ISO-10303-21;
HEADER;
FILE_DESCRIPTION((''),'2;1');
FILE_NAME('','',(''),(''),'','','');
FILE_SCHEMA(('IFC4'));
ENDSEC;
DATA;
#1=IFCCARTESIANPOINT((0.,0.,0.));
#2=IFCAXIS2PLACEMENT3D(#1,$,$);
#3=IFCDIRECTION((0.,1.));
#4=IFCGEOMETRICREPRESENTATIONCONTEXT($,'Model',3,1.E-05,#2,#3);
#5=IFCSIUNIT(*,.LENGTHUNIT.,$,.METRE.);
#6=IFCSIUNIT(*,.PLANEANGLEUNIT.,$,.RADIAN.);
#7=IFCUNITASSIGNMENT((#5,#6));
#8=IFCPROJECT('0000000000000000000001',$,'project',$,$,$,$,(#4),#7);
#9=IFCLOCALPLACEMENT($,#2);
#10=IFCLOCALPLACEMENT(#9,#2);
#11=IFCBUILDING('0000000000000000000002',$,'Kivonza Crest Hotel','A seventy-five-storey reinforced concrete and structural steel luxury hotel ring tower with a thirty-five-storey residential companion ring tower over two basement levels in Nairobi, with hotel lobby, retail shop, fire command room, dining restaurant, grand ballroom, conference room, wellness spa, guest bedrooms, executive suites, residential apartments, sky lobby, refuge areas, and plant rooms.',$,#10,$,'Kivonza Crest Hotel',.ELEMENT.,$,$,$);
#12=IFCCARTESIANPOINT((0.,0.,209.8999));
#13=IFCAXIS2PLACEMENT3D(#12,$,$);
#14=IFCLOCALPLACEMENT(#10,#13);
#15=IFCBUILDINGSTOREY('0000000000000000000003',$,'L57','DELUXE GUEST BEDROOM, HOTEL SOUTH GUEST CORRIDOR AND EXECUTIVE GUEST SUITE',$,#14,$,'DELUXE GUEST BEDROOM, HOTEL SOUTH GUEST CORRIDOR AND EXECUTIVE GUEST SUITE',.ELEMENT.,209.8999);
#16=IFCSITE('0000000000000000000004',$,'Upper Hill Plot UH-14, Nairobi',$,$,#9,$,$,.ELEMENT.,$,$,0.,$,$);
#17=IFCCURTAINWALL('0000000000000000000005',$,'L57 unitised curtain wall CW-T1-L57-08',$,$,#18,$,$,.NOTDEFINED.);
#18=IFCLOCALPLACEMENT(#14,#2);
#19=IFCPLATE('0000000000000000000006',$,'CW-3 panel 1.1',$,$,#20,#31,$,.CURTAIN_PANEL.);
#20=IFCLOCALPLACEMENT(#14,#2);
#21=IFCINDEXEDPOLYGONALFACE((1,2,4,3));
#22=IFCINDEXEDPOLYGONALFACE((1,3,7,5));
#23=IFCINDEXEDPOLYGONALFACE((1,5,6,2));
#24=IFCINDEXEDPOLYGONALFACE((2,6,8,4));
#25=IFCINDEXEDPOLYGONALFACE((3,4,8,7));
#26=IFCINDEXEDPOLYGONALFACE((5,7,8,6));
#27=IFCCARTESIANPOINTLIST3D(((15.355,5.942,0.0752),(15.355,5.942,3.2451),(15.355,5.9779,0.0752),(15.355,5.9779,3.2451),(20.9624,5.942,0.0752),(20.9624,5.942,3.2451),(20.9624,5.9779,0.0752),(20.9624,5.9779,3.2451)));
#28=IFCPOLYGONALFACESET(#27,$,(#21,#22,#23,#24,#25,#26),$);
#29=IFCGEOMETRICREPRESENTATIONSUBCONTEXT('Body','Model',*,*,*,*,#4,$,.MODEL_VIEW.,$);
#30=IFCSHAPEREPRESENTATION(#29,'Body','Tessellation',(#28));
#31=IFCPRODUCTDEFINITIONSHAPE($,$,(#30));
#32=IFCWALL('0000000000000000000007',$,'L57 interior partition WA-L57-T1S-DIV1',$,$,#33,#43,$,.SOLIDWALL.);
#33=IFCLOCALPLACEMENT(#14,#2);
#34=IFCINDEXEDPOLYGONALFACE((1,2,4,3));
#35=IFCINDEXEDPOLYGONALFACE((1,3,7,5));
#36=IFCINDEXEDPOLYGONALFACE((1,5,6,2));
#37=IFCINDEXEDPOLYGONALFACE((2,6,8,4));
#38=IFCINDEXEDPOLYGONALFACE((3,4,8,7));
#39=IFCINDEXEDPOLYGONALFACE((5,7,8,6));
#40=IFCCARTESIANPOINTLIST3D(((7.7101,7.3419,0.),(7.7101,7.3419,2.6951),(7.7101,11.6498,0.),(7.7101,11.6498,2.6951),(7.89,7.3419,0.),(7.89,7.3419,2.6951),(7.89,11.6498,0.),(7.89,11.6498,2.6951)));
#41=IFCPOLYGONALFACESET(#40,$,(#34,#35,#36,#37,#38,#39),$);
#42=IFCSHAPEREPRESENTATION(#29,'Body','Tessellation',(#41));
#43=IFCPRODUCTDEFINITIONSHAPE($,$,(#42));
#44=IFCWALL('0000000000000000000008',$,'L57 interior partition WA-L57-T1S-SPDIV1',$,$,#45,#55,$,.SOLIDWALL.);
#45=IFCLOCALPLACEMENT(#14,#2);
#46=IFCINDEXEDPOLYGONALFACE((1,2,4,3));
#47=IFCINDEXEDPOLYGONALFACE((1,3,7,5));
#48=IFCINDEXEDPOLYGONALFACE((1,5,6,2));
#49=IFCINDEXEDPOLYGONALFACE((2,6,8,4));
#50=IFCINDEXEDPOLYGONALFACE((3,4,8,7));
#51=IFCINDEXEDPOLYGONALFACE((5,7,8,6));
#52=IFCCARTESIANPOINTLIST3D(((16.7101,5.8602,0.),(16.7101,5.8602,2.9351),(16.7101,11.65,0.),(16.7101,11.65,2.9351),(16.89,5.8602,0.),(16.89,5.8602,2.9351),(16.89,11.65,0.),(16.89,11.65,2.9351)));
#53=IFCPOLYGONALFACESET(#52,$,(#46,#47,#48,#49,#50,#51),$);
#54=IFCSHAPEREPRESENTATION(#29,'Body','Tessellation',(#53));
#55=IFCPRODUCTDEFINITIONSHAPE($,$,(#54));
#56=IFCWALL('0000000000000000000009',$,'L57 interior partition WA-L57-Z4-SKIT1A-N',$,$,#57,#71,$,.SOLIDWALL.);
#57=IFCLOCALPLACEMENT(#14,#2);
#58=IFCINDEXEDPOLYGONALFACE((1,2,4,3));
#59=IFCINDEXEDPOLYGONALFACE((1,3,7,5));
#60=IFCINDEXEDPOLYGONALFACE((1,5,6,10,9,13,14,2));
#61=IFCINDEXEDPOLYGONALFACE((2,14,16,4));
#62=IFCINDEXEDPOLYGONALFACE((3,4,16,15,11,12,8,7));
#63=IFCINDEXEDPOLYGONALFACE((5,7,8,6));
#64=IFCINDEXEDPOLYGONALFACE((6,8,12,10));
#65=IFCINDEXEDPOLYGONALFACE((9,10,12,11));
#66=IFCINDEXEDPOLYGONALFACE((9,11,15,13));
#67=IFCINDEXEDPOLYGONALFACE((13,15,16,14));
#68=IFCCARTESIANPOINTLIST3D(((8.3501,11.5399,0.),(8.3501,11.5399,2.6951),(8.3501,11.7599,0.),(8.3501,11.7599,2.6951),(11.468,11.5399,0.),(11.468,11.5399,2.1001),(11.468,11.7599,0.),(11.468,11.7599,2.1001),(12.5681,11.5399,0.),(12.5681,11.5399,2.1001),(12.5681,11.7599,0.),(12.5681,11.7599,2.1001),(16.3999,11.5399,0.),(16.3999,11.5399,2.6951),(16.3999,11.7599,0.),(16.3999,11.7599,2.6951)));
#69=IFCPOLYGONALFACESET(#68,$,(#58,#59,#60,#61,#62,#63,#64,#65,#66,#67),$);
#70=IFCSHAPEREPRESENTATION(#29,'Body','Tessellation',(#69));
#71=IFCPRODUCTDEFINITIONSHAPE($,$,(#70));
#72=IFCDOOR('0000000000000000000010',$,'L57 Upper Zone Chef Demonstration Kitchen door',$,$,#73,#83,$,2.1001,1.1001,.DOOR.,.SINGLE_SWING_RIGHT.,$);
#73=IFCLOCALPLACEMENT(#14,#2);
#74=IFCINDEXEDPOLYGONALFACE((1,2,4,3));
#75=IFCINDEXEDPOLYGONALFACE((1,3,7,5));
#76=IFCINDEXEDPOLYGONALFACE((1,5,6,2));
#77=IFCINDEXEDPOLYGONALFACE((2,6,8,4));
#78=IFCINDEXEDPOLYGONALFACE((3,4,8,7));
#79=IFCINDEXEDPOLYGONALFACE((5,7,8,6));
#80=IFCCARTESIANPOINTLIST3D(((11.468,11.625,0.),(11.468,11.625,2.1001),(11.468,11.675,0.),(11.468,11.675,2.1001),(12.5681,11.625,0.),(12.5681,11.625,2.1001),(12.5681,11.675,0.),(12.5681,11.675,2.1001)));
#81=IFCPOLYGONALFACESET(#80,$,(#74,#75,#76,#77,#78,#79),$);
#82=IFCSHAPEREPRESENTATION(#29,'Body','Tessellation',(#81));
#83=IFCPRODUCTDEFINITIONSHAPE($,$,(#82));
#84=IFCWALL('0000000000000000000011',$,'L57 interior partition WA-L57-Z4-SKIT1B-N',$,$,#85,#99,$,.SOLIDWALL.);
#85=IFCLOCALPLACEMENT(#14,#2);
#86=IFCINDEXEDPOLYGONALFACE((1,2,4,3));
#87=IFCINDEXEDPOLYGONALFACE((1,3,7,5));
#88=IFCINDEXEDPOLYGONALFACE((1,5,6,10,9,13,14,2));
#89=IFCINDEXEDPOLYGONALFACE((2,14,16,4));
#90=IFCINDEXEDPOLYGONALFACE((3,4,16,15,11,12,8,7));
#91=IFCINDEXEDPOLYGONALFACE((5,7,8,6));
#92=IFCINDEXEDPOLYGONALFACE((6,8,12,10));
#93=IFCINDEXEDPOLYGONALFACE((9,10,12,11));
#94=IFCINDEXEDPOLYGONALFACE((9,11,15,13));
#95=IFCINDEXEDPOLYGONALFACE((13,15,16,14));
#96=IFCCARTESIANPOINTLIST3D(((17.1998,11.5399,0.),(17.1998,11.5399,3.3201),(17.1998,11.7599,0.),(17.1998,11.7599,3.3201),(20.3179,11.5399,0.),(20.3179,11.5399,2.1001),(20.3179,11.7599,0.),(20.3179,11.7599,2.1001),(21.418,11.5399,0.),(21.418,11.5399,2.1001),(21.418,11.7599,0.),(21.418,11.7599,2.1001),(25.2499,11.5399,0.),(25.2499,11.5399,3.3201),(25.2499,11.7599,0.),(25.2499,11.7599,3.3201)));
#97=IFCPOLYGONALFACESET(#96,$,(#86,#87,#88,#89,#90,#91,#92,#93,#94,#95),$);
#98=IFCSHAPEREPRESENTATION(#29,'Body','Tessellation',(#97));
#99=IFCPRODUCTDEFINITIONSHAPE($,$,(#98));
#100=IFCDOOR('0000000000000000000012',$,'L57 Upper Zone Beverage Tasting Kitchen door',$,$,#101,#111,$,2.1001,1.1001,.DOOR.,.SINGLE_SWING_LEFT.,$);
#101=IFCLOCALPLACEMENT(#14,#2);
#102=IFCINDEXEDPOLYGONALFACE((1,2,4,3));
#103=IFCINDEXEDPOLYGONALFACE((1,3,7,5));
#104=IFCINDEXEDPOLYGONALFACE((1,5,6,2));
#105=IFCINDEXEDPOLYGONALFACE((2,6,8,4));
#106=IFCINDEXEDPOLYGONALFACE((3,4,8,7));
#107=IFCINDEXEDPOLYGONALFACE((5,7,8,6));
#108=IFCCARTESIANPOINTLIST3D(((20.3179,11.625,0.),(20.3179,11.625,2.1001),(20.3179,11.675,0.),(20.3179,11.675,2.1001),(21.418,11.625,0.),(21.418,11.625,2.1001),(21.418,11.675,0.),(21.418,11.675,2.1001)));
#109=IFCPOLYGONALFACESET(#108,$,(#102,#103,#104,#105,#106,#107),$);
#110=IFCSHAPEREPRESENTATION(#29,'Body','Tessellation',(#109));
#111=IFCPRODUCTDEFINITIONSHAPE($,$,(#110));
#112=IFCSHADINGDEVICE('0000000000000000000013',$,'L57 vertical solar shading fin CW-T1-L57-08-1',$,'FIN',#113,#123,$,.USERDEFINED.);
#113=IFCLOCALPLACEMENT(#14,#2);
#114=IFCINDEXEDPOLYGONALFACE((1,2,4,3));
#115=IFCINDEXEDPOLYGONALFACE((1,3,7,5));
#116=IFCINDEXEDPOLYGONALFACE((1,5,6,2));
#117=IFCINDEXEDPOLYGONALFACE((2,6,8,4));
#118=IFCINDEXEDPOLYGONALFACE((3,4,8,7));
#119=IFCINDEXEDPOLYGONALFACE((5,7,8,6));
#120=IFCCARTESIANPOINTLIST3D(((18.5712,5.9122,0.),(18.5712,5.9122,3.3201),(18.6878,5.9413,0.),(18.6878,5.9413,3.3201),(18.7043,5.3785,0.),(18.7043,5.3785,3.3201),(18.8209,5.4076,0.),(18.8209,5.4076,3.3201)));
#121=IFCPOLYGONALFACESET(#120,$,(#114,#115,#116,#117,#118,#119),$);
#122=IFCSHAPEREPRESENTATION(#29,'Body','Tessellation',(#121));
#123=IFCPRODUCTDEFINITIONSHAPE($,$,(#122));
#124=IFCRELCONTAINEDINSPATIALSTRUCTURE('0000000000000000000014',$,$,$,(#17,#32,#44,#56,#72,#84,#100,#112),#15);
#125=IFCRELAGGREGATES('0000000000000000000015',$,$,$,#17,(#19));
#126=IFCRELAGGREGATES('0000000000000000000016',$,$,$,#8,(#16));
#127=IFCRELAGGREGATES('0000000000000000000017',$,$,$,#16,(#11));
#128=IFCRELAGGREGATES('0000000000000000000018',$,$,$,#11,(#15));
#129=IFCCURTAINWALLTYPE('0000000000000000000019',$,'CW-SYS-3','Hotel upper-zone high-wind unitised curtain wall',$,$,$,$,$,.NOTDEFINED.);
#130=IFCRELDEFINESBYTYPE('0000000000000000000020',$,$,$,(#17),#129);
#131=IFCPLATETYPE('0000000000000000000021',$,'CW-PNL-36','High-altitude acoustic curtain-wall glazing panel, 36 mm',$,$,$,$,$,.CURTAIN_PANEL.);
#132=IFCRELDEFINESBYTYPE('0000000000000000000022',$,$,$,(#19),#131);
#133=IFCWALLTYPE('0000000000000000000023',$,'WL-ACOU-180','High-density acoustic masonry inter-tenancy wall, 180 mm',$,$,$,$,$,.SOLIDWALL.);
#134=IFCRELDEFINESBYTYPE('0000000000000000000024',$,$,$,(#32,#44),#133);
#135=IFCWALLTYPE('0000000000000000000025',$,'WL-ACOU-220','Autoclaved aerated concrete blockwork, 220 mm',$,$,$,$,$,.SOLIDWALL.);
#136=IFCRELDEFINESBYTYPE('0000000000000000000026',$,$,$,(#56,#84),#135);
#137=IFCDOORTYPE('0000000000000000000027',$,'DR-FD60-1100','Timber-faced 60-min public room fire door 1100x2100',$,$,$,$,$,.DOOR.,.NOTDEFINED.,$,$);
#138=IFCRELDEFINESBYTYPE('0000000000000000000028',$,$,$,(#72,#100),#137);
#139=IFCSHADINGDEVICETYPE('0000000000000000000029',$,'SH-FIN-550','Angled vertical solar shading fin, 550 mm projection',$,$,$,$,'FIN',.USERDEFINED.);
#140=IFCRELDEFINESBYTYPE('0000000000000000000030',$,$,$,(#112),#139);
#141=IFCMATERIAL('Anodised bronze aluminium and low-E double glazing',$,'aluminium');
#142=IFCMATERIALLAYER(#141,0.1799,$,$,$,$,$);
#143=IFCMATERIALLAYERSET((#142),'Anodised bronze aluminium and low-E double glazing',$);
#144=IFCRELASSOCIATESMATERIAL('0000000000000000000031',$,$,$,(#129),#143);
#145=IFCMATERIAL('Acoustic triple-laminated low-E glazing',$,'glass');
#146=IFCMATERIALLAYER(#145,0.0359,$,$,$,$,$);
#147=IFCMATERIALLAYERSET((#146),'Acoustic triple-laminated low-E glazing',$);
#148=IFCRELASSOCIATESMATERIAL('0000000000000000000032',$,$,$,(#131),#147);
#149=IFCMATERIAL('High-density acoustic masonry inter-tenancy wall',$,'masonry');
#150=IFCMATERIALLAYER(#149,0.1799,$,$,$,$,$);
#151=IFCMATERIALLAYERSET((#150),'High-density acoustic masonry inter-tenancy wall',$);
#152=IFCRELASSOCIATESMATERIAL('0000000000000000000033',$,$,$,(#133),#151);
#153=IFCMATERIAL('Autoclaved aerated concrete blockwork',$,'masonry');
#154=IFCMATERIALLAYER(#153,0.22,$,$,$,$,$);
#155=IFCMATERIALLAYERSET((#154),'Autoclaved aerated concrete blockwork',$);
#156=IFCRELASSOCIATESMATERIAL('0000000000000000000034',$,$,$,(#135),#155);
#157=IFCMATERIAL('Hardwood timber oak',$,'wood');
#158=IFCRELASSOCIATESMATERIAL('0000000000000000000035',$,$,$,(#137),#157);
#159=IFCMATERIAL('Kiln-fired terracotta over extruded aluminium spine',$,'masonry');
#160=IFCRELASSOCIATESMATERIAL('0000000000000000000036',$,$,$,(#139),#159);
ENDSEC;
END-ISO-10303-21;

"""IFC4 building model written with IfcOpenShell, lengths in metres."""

from ifc_helpers import new_model, si_unit, direction, frame, frame_2d, origin, origin_2d, place, context, subcontext, project, spatial, rectangle, extrude, material, layer, layer_set, type_object, element, fill, aggregate, save


model = new_model("IFC4")

# Units and contexts
model_context = context("Model", 3, precision=1e-05, world=origin(), true_north=direction((0.0, 1.0)))
body_context = subcontext(model_context, "Body", "Model", "MODEL_VIEW")
ifc_project = project(units=[si_unit("LENGTHUNIT", "METRE"), si_unit("PLANEANGLEUNIT", "RADIAN")], contexts=[model_context])

# Site, building, storey
site_placement = place(None, origin())
site = spatial("IfcSite", under=ifc_project, at=site_placement, Name="Upper Hill Plot UH-14, Nairobi", CompositionType="ELEMENT", RefElevation=0.0)
building_placement = place(site_placement, origin())
building = spatial("IfcBuilding", under=site, at=building_placement, Name="Kivonza Crest Hotel", Description="A seventy-five-storey reinforced concrete and structural steel luxury hotel ring tower with a thirty-five-storey residential companion ring tower over two basement levels in Nairobi, with hotel lobby, retail shop, fire command room, dining restaurant, grand ballroom, conference room, wellness spa, guest bedrooms, executive suites, residential apartments, sky lobby, refuge areas, and plant rooms.", LongName="Kivonza Crest Hotel", CompositionType="ELEMENT")
storey_placement = place(building_placement, frame((0.0, 0.0, 209.8999)))
storey = spatial("IfcBuildingStorey", under=building, at=storey_placement, Name="L57", Description="DELUXE GUEST BEDROOM, HOTEL SOUTH GUEST CORRIDOR AND EXECUTIVE GUEST SUITE", LongName="DELUXE GUEST BEDROOM, HOTEL SOUTH GUEST CORRIDOR AND EXECUTIVE GUEST SUITE", CompositionType="ELEMENT", Elevation=209.8999)

# Curtain wall, plate
ifc_material_1 = material(Name="Anodised bronze aluminium and low-E double glazing", Category="aluminium")
ifc_layer_1 = layer(ifc_material_1, 0.1799)
ifc_layer_set_1 = layer_set([ifc_layer_1], Name="Anodised bronze aluminium and low-E double glazing")
curtain_wall_type = type_object("IfcCurtainWallType", Name="CW-SYS-3", Description="Hotel upper-zone high-wind unitised curtain wall", PredefinedType="NOTDEFINED", material=ifc_layer_set_1)
curtain_wall_placement = place(storey_placement, origin())
curtain_wall = element("IfcCurtainWall", 1, at=curtain_wall_placement, inside=storey, type_object=curtain_wall_type, Name="L57 unitised curtain wall CW-T1-L57-08", PredefinedType="NOTDEFINED")
ifc_material_2 = material(Name="Acoustic triple-laminated low-E glazing", Category="glass")
ifc_layer_2 = layer(ifc_material_2, 0.0359)
ifc_layer_set_2 = layer_set([ifc_layer_2], Name="Acoustic triple-laminated low-E glazing")
plate_type = type_object("IfcPlateType", Name="CW-PNL-36", Description="High-altitude acoustic curtain-wall glazing panel, 36 mm", PredefinedType="CURTAIN_PANEL", material=ifc_layer_set_2)
plate_placement = place(storey_placement, frame((18.1587, 5.96, 0.0752), z_axis=(0.0, 0.0, 1.0), x_axis=(1.0, 0.0, 0.0)))
plate = element("IfcPlate", 2, at=plate_placement, type_object=plate_type, Name="CW-3 panel 1.1", PredefinedType="CURTAIN_PANEL", context=body_context, shape_type="SweptSolid", body=[
    extrude(rectangle(XDim=5.6074, YDim=0.0359, at=origin_2d()), origin(), (0.0, 0.0, 1.0), 3.1699),
])
aggregate(curtain_wall, [plate])

# Walls
ifc_material_3 = material(Name="High-density acoustic masonry inter-tenancy wall", Category="masonry")
ifc_layer_3 = layer(ifc_material_3, 0.1799)
ifc_layer_set_3 = layer_set([ifc_layer_3], Name="High-density acoustic masonry inter-tenancy wall")
wall_type_1 = type_object("IfcWallType", Name="WL-ACOU-180", Description="High-density acoustic masonry inter-tenancy wall, 180 mm", PredefinedType="SOLIDWALL", material=ifc_layer_set_3)
wall_1_placement = place(storey_placement, frame((7.8, 7.342, 0.0), z_axis=(0.0, 0.0, 1.0), x_axis=(0.0, 1.0, 0.0)))
element("IfcWall", 3, at=wall_1_placement, inside=storey, type_object=wall_type_1, Name="L57 interior partition WA-L57-T1S-DIV1", PredefinedType="SOLIDWALL", context=body_context, shape_type="SweptSolid", body=[
    extrude(rectangle(XDim=4.3079, YDim=0.1799, at=frame_2d((2.1538, 0.0))), origin(), (0.0, 0.0, 1.0), 2.6951),
])
wall_2_placement = place(storey_placement, frame((16.8, 5.8601, 0.0), z_axis=(0.0, 0.0, 1.0), x_axis=(0.0, 1.0, 0.0)))
element("IfcWall", 4, at=wall_2_placement, inside=storey, type_object=wall_type_1, Name="L57 interior partition WA-L57-T1S-SPDIV1", PredefinedType="SOLIDWALL", context=body_context, shape_type="SweptSolid", body=[
    extrude(rectangle(XDim=5.7898, YDim=0.1799, at=frame_2d((2.895, 0.0))), origin(), (0.0, 0.0, 1.0), 2.9351),
])

# Walls, openings, doors
ifc_material_4 = material(Name="Autoclaved aerated concrete blockwork", Category="masonry")
ifc_layer_4 = layer(ifc_material_4, 0.22)
ifc_layer_set_4 = layer_set([ifc_layer_4], Name="Autoclaved aerated concrete blockwork")
wall_type_2 = type_object("IfcWallType", Name="WL-ACOU-220", Description="Autoclaved aerated concrete blockwork, 220 mm", PredefinedType="SOLIDWALL", material=ifc_layer_set_4)
wall_3_placement = place(storey_placement, frame((8.3501, 11.6499, 0.0), z_axis=(0.0, 0.0, 1.0), x_axis=(1.0, 0.0, 0.0)))
wall_3 = element("IfcWall", 5, at=wall_3_placement, inside=storey, type_object=wall_type_2, Name="L57 interior partition WA-L57-Z4-SKIT1A-N", PredefinedType="SOLIDWALL", context=body_context, shape_type="SweptSolid", body=[
    extrude(rectangle(XDim=8.0498, YDim=0.22, at=frame_2d((4.0249, 0.0))), origin(), (0.0, 0.0, 1.0), 2.6951),
])
opening_1_placement = place(wall_3_placement, frame((3.1179, 0.0, 0.0)))
opening_1 = element("IfcOpeningElement", 6, at=opening_1_placement, cuts=wall_3, PredefinedType="OPENING", context=body_context, shape_type="SweptSolid", body=[
    extrude(rectangle(XDim=1.1001, YDim=2.1001, at=frame_2d((0.55, 1.05))), frame((0.0, 0.1201, 0.0), z_axis=(0.0, -1.0, 0.0), x_axis=(1.0, 0.0, 0.0)), (0.0, 0.0, 1.0), 0.24),
])
ifc_material_5 = material(Name="Hardwood timber oak", Category="wood")
door_type = type_object("IfcDoorType", Name="DR-FD60-1100", Description="Timber-faced 60-min public room fire door 1100x2100", OperationType="NOTDEFINED", PredefinedType="DOOR", material=ifc_material_5)
door_1_placement = place(opening_1_placement, frame((1.1001, 0.0, 0.0), z_axis=(0.0, 0.0, 1.0), x_axis=(-1.0, 0.0, 0.0)))
door_1 = element("IfcDoor", 7, at=door_1_placement, inside=storey, type_object=door_type, Name="L57 Upper Zone Chef Demonstration Kitchen door", OperationType="SINGLE_SWING_RIGHT", OverallHeight=2.1001, OverallWidth=1.1001, PredefinedType="DOOR", context=body_context, shape_type="SweptSolid", body=[
    extrude(rectangle(XDim=1.1001, YDim=2.1001, at=frame_2d((0.55, 1.05))), frame((0.0, 0.0249, 0.0), z_axis=(0.0, -1.0, 0.0), x_axis=(1.0, 0.0, 0.0)), (0.0, 0.0, 1.0), 0.05),
])
fill(opening_1, door_1)
wall_4_placement = place(storey_placement, frame((17.2, 11.6499, 0.0), z_axis=(0.0, 0.0, 1.0), x_axis=(1.0, 0.0, 0.0)))
wall_4 = element("IfcWall", 8, at=wall_4_placement, inside=storey, type_object=wall_type_2, Name="L57 interior partition WA-L57-Z4-SKIT1B-N", PredefinedType="SOLIDWALL", context=body_context, shape_type="SweptSolid", body=[
    extrude(rectangle(XDim=8.05, YDim=0.22, at=frame_2d((4.0249, 0.0))), origin(), (0.0, 0.0, 1.0), 3.3201),
])
opening_2_placement = place(wall_4_placement, frame((3.1179, 0.0, 0.0)))
opening_2 = element("IfcOpeningElement", 9, at=opening_2_placement, cuts=wall_4, PredefinedType="OPENING", context=body_context, shape_type="SweptSolid", body=[
    extrude(rectangle(XDim=1.1001, YDim=2.1001, at=frame_2d((0.55, 1.05))), frame((0.0, 0.1201, 0.0), z_axis=(0.0, -1.0, 0.0), x_axis=(1.0, 0.0, 0.0)), (0.0, 0.0, 1.0), 0.24),
])
door_2_placement = place(opening_2_placement, frame((1.1001, 0.0, 0.0), z_axis=(0.0, 0.0, 1.0), x_axis=(-1.0, 0.0, 0.0)))
door_2 = element("IfcDoor", 10, at=door_2_placement, inside=storey, type_object=door_type, Name="L57 Upper Zone Beverage Tasting Kitchen door", OperationType="SINGLE_SWING_LEFT", OverallHeight=2.1001, OverallWidth=1.1001, PredefinedType="DOOR", context=body_context, shape_type="SweptSolid", body=[
    extrude(rectangle(XDim=1.1001, YDim=2.1001, at=frame_2d((0.55, 1.05))), frame((0.0, 0.0249, 0.0), z_axis=(0.0, -1.0, 0.0), x_axis=(1.0, 0.0, 0.0)), (0.0, 0.0, 1.0), 0.05),
])
fill(opening_2, door_2)

# Shading device
ifc_material_6 = material(Name="Kiln-fired terracotta over extruded aluminium spine", Category="masonry")
shading_device_type = type_object("IfcShadingDeviceType", Name="SH-FIN-550", Description="Angled vertical solar shading fin, 550 mm projection", ElementType="FIN", PredefinedType="USERDEFINED", material=ifc_material_6)
shading_device_placement = place(storey_placement, frame((18.696, 5.6599, 0.0), z_axis=(0.0, 0.0, 1.0), x_axis=(0.970296, 0.241922, 0.0)))
element("IfcShadingDevice", 11, at=shading_device_placement, inside=storey, type_object=shading_device_type, Name="L57 vertical solar shading fin CW-T1-L57-08-1", ObjectType="FIN", PredefinedType="USERDEFINED", context=body_context, shape_type="SweptSolid", body=[
    extrude(rectangle(XDim=0.1201, YDim=0.55, at=origin_2d()), origin(), (0.0, 0.0, 1.0), 3.3201),
])

save(model, "model.ifc")
